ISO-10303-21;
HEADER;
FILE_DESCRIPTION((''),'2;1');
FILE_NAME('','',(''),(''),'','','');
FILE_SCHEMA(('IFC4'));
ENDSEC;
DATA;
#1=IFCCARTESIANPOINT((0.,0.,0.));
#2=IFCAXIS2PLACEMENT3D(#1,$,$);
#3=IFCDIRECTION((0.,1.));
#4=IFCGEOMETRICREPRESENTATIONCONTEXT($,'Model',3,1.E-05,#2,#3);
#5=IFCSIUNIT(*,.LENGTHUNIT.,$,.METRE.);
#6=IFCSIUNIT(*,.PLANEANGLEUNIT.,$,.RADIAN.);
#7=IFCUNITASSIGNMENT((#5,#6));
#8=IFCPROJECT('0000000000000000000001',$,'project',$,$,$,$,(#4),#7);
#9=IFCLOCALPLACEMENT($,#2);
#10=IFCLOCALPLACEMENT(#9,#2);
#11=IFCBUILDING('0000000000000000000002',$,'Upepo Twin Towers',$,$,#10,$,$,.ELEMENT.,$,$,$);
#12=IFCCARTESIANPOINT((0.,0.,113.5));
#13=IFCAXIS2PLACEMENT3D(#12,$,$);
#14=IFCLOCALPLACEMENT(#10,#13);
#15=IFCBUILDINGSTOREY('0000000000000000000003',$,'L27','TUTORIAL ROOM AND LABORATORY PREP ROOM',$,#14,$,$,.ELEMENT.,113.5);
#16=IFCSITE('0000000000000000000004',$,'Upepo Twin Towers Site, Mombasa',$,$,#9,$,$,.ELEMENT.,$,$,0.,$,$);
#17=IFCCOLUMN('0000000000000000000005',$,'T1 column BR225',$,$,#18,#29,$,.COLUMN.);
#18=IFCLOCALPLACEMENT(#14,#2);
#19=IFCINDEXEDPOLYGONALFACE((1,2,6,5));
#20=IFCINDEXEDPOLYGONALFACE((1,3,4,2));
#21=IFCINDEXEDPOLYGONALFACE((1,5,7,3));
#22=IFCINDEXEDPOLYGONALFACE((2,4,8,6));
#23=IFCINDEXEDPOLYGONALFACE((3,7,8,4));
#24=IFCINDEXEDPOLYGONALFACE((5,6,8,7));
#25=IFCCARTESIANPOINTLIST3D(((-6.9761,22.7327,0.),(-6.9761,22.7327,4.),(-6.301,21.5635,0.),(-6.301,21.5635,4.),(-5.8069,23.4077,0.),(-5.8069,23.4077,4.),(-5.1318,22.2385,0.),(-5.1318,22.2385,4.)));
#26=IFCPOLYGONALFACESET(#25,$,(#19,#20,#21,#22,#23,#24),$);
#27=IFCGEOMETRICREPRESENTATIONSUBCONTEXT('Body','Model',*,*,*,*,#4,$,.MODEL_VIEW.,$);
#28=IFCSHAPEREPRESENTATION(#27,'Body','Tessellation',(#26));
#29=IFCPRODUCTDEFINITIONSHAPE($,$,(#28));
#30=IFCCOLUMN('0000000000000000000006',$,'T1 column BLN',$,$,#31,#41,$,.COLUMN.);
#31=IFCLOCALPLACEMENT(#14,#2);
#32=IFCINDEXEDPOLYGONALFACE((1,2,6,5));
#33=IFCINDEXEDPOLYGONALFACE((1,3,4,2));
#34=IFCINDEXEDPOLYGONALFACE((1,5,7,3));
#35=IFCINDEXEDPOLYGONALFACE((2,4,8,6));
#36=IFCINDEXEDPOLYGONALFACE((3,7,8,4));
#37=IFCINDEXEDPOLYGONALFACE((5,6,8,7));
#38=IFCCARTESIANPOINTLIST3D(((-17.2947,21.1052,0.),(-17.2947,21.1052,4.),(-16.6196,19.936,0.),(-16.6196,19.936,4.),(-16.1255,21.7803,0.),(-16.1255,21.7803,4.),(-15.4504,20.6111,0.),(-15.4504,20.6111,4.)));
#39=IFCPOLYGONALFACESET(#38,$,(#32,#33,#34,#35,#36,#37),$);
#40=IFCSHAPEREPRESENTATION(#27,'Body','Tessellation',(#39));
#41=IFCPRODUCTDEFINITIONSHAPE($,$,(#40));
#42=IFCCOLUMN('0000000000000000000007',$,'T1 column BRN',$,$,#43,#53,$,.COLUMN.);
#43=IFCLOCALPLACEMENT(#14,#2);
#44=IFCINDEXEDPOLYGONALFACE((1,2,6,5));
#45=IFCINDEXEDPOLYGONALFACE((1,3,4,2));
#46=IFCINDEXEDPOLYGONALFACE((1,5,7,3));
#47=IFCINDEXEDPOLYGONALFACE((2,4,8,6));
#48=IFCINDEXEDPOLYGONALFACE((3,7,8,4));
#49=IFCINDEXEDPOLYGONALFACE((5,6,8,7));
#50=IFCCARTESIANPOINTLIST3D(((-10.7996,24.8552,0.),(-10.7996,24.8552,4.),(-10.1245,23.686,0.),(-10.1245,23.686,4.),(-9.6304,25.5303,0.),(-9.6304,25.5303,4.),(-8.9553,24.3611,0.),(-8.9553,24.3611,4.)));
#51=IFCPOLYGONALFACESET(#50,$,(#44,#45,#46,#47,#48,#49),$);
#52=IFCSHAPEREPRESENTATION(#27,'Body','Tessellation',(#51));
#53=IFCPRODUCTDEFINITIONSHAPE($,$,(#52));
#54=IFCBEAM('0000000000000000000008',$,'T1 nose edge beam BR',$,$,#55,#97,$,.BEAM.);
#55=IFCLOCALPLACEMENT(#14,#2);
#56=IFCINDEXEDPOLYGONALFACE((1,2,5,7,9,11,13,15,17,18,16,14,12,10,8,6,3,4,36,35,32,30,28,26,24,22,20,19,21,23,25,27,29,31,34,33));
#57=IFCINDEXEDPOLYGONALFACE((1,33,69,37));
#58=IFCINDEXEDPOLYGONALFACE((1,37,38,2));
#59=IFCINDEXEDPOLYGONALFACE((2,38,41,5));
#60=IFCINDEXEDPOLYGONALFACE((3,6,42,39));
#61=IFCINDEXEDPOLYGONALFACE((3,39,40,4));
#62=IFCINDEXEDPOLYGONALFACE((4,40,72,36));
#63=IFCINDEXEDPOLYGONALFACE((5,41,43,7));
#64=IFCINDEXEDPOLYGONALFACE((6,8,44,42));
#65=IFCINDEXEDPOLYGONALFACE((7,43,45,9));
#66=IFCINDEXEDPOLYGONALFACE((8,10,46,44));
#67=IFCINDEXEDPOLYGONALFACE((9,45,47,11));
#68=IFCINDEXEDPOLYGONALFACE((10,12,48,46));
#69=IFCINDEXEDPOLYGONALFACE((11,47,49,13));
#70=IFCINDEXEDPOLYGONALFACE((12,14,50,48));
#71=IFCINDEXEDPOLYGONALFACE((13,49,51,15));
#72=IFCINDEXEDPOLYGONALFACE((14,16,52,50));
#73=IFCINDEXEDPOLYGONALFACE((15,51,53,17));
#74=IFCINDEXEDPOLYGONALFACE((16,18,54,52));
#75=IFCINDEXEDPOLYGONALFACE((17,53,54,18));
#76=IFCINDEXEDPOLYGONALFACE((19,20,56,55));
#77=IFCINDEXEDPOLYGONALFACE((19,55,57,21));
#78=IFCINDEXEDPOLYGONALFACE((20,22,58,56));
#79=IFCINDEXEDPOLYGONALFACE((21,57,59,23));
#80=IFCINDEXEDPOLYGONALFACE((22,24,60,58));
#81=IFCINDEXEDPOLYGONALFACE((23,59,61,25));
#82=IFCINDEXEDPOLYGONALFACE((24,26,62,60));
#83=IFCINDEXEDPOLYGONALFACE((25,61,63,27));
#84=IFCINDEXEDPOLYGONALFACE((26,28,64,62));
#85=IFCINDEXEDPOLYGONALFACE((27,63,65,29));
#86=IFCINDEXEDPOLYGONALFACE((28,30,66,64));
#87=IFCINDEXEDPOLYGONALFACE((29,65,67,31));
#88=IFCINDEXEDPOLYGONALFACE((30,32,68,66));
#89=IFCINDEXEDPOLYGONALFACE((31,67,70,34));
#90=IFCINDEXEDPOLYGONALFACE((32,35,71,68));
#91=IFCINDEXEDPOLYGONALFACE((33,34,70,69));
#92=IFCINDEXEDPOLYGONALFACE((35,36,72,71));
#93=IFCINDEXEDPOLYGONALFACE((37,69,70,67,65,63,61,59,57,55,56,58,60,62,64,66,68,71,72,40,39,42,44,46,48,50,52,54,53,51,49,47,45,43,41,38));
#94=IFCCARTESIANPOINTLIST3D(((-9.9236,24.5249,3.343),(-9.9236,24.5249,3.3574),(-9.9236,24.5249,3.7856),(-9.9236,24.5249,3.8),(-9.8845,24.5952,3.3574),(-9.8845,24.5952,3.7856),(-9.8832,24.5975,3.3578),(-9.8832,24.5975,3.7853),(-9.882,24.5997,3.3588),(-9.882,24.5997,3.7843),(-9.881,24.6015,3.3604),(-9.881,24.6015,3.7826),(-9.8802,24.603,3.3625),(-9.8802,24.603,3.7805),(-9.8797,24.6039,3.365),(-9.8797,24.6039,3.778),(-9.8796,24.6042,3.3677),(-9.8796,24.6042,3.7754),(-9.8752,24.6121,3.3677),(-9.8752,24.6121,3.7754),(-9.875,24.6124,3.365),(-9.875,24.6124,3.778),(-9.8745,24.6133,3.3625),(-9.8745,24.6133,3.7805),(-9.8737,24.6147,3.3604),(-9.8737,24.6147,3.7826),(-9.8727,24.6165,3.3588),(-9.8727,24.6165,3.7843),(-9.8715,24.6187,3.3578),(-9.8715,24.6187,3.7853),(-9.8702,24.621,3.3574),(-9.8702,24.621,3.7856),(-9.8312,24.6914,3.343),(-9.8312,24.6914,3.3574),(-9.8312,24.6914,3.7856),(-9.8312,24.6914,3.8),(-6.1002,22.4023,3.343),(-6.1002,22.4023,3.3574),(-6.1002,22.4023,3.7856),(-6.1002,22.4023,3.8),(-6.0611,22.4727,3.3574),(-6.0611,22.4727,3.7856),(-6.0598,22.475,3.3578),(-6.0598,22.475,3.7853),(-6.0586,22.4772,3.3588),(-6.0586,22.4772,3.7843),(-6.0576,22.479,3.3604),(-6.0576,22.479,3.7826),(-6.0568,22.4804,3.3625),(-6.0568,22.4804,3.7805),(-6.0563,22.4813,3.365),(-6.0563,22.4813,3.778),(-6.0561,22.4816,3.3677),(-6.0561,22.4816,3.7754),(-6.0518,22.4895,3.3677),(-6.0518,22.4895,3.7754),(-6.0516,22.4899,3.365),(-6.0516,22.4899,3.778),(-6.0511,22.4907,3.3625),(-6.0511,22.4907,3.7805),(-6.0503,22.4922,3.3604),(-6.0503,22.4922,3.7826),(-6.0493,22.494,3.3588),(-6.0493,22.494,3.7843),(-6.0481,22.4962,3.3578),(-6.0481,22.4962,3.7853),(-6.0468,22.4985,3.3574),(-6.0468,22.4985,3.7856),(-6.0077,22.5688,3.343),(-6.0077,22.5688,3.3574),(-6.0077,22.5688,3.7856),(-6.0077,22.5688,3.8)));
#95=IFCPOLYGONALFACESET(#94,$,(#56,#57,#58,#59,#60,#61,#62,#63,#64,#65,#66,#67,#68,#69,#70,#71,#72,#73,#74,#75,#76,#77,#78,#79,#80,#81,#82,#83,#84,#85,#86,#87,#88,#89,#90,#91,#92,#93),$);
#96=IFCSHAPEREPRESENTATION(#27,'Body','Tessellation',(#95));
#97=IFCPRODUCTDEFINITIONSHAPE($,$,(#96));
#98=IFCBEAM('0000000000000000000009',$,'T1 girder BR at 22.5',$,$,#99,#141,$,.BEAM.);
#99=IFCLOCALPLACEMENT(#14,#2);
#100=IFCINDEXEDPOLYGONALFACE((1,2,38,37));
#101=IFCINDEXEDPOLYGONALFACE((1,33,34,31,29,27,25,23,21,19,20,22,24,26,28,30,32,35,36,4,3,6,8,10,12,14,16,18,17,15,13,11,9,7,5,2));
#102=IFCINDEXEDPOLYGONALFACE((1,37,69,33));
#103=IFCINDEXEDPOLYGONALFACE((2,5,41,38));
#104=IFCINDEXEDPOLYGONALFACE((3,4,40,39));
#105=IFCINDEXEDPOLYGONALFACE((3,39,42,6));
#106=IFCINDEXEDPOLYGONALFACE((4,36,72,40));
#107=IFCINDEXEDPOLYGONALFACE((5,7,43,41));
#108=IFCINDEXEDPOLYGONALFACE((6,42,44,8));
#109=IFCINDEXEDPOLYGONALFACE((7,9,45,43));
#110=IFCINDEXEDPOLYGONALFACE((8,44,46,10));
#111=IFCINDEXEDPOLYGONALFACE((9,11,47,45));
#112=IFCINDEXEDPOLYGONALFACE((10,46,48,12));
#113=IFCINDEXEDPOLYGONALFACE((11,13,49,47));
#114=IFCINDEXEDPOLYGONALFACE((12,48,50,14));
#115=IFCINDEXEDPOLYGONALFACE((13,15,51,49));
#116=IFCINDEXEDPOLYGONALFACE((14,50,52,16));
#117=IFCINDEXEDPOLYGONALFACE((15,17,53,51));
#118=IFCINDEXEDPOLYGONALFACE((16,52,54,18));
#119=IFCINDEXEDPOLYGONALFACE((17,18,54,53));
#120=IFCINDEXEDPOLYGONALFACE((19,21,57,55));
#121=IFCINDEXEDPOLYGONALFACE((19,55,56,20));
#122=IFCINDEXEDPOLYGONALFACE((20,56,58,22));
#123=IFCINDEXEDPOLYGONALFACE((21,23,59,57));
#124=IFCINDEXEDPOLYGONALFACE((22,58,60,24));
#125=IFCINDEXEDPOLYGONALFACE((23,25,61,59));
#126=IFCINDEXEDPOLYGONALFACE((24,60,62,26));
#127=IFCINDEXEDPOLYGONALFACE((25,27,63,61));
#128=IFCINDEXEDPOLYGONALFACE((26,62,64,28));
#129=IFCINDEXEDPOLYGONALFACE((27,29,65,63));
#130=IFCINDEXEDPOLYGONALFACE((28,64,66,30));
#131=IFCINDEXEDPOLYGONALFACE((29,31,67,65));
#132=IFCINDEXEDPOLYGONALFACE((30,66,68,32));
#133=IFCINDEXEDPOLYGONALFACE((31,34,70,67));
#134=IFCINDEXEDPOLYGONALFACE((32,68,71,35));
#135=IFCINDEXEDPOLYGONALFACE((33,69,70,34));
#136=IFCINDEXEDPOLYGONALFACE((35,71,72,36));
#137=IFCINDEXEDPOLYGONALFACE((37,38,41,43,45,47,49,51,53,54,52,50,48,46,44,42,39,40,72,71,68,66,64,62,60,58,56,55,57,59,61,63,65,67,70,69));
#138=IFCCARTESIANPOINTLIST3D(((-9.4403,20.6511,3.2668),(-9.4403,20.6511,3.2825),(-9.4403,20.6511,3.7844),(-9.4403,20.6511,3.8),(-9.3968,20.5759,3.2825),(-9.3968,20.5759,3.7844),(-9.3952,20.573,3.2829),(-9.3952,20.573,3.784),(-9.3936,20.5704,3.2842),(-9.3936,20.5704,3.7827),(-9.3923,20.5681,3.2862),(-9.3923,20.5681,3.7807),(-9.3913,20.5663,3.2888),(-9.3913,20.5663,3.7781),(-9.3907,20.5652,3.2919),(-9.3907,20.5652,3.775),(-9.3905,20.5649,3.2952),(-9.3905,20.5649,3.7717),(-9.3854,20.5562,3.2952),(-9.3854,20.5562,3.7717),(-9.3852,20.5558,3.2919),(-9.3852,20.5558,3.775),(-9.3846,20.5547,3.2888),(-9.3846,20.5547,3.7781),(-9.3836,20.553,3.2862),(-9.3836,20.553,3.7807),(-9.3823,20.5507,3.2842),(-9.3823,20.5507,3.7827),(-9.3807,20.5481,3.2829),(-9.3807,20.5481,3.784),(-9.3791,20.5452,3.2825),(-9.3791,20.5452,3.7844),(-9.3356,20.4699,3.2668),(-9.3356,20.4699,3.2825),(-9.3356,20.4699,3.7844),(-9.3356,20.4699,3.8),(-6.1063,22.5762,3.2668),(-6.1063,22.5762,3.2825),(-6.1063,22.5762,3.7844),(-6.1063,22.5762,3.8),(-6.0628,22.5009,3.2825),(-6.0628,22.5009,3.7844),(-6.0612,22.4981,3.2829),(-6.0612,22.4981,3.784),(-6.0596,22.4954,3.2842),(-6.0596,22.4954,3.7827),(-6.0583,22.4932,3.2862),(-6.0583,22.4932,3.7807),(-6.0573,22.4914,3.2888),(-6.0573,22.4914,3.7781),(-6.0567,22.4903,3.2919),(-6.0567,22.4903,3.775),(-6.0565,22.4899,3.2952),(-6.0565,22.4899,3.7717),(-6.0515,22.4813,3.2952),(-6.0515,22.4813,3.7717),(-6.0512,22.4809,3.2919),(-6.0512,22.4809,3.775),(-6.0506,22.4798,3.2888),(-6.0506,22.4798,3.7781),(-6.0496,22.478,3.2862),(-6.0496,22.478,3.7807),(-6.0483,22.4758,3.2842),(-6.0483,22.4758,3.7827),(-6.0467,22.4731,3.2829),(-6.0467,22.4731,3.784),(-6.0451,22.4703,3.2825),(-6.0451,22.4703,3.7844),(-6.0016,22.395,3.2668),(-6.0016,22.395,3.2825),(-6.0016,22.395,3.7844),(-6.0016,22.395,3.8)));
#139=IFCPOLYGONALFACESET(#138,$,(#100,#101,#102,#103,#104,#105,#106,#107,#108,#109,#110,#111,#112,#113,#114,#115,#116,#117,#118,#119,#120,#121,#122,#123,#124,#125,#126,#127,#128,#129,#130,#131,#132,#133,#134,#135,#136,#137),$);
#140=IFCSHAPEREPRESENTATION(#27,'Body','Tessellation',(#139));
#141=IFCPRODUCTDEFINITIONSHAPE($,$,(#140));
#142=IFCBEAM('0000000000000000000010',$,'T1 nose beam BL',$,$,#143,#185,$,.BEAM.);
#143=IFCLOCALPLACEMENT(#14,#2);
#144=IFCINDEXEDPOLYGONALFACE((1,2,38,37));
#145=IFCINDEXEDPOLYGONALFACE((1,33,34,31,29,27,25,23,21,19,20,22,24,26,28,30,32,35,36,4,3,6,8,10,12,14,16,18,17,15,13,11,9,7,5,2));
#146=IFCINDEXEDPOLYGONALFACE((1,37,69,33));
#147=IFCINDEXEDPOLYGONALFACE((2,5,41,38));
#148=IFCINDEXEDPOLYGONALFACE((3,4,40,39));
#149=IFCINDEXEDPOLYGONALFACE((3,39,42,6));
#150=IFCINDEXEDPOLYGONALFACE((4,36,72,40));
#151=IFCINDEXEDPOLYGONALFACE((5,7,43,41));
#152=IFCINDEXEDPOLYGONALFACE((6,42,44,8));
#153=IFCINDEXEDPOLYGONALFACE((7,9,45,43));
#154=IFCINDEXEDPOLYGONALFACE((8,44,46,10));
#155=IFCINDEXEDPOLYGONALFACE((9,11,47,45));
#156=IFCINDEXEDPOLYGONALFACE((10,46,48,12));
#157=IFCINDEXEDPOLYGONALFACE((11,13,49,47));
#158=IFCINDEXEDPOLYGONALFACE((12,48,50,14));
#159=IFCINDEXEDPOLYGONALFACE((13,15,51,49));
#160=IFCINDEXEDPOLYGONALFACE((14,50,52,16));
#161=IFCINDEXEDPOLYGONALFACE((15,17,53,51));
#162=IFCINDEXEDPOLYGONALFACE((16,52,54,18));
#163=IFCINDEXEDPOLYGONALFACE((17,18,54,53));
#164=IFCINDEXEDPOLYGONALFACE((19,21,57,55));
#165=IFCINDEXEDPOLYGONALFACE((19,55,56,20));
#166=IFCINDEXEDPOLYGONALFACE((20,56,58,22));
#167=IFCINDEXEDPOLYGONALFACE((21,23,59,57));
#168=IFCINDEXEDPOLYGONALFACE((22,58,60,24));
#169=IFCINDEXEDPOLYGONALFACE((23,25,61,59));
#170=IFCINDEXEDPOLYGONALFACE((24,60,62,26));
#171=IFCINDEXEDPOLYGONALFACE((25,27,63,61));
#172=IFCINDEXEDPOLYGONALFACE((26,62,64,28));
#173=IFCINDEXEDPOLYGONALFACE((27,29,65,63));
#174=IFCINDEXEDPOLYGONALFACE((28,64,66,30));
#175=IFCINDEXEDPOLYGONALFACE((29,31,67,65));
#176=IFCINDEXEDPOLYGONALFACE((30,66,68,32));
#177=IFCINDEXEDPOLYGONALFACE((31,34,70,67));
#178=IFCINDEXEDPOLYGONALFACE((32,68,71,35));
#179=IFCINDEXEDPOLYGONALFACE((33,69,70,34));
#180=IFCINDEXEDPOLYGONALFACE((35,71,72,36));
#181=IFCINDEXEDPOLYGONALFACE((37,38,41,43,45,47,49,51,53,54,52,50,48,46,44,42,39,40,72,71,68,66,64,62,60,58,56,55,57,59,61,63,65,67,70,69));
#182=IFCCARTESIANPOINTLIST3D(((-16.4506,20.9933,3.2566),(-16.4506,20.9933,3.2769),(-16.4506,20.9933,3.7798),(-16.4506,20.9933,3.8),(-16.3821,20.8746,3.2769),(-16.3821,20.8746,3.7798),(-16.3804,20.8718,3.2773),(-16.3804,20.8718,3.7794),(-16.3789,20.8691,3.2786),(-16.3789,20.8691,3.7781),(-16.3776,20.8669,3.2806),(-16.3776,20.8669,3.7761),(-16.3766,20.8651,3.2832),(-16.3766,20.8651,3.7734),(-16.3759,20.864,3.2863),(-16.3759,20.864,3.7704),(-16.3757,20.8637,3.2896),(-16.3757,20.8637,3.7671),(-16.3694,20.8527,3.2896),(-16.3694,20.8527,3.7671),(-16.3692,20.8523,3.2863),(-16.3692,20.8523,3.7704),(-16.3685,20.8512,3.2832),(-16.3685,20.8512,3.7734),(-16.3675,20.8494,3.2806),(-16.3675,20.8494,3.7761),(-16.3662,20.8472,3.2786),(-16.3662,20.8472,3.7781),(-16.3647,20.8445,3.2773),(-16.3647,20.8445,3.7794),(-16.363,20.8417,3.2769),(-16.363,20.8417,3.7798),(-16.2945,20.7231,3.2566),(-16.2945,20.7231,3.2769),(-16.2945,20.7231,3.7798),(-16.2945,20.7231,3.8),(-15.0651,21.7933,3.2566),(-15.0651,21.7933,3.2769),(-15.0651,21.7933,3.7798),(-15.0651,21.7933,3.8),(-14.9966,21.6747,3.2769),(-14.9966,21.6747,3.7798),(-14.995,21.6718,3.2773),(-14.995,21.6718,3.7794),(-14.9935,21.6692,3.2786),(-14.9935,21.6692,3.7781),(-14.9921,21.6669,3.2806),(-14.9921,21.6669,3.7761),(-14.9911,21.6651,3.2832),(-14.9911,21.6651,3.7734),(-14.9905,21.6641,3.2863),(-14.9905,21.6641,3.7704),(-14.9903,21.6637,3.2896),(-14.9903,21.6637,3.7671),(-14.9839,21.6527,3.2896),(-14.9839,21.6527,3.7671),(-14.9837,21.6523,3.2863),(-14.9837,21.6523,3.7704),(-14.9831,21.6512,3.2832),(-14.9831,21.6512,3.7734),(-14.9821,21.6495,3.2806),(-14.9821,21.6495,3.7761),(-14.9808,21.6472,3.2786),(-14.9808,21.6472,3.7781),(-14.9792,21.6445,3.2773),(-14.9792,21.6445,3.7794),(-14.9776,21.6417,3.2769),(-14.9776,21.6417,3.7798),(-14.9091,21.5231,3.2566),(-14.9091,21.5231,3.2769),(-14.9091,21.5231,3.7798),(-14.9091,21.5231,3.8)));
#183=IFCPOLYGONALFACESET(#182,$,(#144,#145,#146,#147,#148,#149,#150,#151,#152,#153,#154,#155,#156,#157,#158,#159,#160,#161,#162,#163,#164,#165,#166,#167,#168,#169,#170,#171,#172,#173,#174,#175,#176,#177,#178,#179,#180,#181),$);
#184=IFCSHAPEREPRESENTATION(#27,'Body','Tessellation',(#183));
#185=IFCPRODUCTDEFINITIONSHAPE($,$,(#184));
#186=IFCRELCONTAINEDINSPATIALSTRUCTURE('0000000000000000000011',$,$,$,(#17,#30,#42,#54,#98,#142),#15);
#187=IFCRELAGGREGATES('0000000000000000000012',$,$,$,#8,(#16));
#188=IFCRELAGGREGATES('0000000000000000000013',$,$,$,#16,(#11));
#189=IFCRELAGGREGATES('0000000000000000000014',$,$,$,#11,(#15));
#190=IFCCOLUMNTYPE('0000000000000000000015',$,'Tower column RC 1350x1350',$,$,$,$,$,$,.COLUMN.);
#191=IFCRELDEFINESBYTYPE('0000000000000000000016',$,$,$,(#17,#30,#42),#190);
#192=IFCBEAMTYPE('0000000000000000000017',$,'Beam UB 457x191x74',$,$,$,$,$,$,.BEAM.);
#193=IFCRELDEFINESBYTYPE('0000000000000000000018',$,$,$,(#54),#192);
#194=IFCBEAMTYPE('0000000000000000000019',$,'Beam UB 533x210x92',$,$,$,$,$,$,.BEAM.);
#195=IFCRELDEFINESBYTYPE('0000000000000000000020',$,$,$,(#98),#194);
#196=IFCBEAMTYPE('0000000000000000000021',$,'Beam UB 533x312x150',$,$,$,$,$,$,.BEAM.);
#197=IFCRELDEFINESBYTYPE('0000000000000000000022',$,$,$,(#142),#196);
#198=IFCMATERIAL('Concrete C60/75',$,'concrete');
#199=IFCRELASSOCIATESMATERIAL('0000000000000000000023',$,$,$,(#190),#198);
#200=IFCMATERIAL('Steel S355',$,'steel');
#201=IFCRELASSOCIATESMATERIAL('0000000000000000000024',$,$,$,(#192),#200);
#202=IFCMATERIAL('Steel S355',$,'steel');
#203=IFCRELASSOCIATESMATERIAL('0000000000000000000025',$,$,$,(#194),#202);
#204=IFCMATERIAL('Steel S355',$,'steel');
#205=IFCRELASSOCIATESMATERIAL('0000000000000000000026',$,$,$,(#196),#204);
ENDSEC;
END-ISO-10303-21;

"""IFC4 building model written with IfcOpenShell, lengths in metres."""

from ifc_helpers import new_model, si_unit, direction, frame, origin, origin_2d, place, context, subcontext, project, spatial, rectangle, i_section, extrude, material, material_profile, profile_set, type_object, element, save


model = new_model("IFC4")

# Units and contexts
model_context = context("Model", 3, precision=1e-05, world=origin(), true_north=direction((0.0, 1.0)))
body_context = subcontext(model_context, "Body", "Model", "MODEL_VIEW")
ifc_project = project(units=[si_unit("LENGTHUNIT", "METRE"), si_unit("PLANEANGLEUNIT", "RADIAN")], contexts=[model_context])

# Site, building, storey
site_placement = place(None, origin())
site = spatial("IfcSite", under=ifc_project, at=site_placement, Name="Upepo Twin Towers Site, Mombasa", CompositionType="ELEMENT", RefElevation=0.0)
building_placement = place(site_placement, origin())
building = spatial("IfcBuilding", under=site, at=building_placement, Name="Upepo Twin Towers", CompositionType="ELEMENT")
storey_placement = place(building_placement, frame((0.0, 0.0, 113.5)))
storey = spatial("IfcBuildingStorey", under=building, at=storey_placement, Name="L27", Description="TUTORIAL ROOM AND LABORATORY PREP ROOM", CompositionType="ELEMENT", Elevation=113.5)

# Columns
ifc_material_1 = material(Name="Concrete C60/75", Category="concrete")
ifc_material_profile_1 = material_profile(ifc_material_1, rectangle(XDim=1.3501, YDim=1.3501, at=origin_2d()), Name="RC 1350x1350")
ifc_profile_set_1 = profile_set([ifc_material_profile_1], Name="Concrete C60/75")
column_type = type_object("IfcColumnType", Name="Tower column RC 1350x1350", PredefinedType="COLUMN", material=ifc_profile_set_1)
for number, where, z_axis, x_axis, name in (
    (1, (-6.054, 22.4856, 0.0), (0.0, 0.0, 1.0), (0.866025, 0.5, 0.0), "T1 column BR225"),
    (2, (-16.3726, 20.8582, 0.0), (0.0, 0.0, 1.0), (0.866025, 0.5, 0.0), "T1 column BLN"),
    (3, (-9.8774, 24.6082, 0.0), (0.0, 0.0, 1.0), (0.866025, 0.5, 0.0), "T1 column BRN"),
):
    element("IfcColumn", number, at=place(storey_placement, frame(where, z_axis=z_axis, x_axis=x_axis)), inside=storey, type_object=column_type, Name=name, PredefinedType="COLUMN", context=body_context, shape_type="SweptSolid", body=[
        extrude(rectangle(XDim=1.3501, YDim=1.3501, at=origin_2d()), origin(), (0.0, 0.0, 1.0), 4.0),
    ])

# Beams
ifc_material_2 = material(Name="Steel S355", Category="steel")
ifc_material_profile_2 = material_profile(ifc_material_2, i_section(OverallWidth=0.1904, OverallDepth=0.457, WebThickness=0.009, FlangeThickness=0.0144, FilletRadius=0.0103, at=origin_2d()), Name="UB 457x191x74")
ifc_profile_set_2 = profile_set([ifc_material_profile_2], Name="Steel S355")
beam_type_1 = type_object("IfcBeamType", Name="Beam UB 457x191x74", PredefinedType="BEAM", material=ifc_profile_set_2)
beam_1_placement = place(storey_placement, frame((-6.054, 22.4856, 3.5715), z_axis=(-0.874313, 0.485363, 0.0), x_axis=(-0.485363, -0.874313, 0.0)))
element("IfcBeam", 4, at=beam_1_placement, inside=storey, type_object=beam_type_1, Name="T1 nose edge beam BR", PredefinedType="BEAM", context=body_context, shape_type="SweptSolid", body=[
    extrude(i_section(OverallWidth=0.1904, OverallDepth=0.457, WebThickness=0.009, FlangeThickness=0.0144, FilletRadius=0.0103, at=origin_2d()), origin(), (0.0, 0.0, 1.0), 4.373),
])
ifc_material_3 = material(Name="Steel S355", Category="steel")
ifc_material_profile_3 = material_profile(ifc_material_3, i_section(OverallWidth=0.2092, OverallDepth=0.5332, WebThickness=0.01, FlangeThickness=0.0156, FilletRadius=0.0127, at=origin_2d()), Name="UB 533x210x92")
ifc_profile_set_3 = profile_set([ifc_material_profile_3], Name="Steel S355")
beam_type_2 = type_object("IfcBeamType", Name="Beam UB 533x210x92", PredefinedType="BEAM", material=ifc_profile_set_3)
beam_2_placement = place(storey_placement, frame((-6.054, 22.4856, 3.5334), z_axis=(-0.866006, -0.500034, 0.0), x_axis=(0.500034, -0.866006, 0.0)))
element("IfcBeam", 5, at=beam_2_placement, inside=storey, type_object=beam_type_2, Name="T1 girder BR at 22.5", PredefinedType="BEAM", context=body_context, shape_type="SweptSolid", body=[
    extrude(i_section(OverallWidth=0.2092, OverallDepth=0.5332, WebThickness=0.01, FlangeThickness=0.0156, FilletRadius=0.0127, at=origin_2d()), origin(), (0.0, 0.0, 1.0), 3.8499),
])
ifc_material_4 = material(Name="Steel S355", Category="steel")
ifc_material_profile_4 = material_profile(ifc_material_4, i_section(OverallWidth=0.312, OverallDepth=0.5435, WebThickness=0.0127, FlangeThickness=0.0203, FilletRadius=0.0127, at=origin_2d()), Name="UB 533x312x150")
ifc_profile_set_4 = profile_set([ifc_material_profile_4], Name="Steel S355")
beam_type_3 = type_object("IfcBeamType", Name="Beam UB 533x312x150", PredefinedType="BEAM", material=ifc_profile_set_4)
for number, where, z_axis, x_axis, name in (
    (6, (-16.3726, 20.8582, 3.5283), (0.86599, 0.500061, 0.0), (-0.500061, 0.86599, 0.0), "T1 nose beam BL"),
):
    element("IfcBeam", number, at=place(storey_placement, frame(where, z_axis=z_axis, x_axis=x_axis)), inside=storey, type_object=beam_type_3, Name=name, PredefinedType="BEAM", context=body_context, shape_type="SweptSolid", body=[
        extrude(i_section(OverallWidth=0.312, OverallDepth=0.5435, WebThickness=0.0127, FlangeThickness=0.0203, FilletRadius=0.0127, at=origin_2d()), origin(), (0.0, 0.0, 1.0), 1.5999),
    ])

save(model, "model.ifc")
